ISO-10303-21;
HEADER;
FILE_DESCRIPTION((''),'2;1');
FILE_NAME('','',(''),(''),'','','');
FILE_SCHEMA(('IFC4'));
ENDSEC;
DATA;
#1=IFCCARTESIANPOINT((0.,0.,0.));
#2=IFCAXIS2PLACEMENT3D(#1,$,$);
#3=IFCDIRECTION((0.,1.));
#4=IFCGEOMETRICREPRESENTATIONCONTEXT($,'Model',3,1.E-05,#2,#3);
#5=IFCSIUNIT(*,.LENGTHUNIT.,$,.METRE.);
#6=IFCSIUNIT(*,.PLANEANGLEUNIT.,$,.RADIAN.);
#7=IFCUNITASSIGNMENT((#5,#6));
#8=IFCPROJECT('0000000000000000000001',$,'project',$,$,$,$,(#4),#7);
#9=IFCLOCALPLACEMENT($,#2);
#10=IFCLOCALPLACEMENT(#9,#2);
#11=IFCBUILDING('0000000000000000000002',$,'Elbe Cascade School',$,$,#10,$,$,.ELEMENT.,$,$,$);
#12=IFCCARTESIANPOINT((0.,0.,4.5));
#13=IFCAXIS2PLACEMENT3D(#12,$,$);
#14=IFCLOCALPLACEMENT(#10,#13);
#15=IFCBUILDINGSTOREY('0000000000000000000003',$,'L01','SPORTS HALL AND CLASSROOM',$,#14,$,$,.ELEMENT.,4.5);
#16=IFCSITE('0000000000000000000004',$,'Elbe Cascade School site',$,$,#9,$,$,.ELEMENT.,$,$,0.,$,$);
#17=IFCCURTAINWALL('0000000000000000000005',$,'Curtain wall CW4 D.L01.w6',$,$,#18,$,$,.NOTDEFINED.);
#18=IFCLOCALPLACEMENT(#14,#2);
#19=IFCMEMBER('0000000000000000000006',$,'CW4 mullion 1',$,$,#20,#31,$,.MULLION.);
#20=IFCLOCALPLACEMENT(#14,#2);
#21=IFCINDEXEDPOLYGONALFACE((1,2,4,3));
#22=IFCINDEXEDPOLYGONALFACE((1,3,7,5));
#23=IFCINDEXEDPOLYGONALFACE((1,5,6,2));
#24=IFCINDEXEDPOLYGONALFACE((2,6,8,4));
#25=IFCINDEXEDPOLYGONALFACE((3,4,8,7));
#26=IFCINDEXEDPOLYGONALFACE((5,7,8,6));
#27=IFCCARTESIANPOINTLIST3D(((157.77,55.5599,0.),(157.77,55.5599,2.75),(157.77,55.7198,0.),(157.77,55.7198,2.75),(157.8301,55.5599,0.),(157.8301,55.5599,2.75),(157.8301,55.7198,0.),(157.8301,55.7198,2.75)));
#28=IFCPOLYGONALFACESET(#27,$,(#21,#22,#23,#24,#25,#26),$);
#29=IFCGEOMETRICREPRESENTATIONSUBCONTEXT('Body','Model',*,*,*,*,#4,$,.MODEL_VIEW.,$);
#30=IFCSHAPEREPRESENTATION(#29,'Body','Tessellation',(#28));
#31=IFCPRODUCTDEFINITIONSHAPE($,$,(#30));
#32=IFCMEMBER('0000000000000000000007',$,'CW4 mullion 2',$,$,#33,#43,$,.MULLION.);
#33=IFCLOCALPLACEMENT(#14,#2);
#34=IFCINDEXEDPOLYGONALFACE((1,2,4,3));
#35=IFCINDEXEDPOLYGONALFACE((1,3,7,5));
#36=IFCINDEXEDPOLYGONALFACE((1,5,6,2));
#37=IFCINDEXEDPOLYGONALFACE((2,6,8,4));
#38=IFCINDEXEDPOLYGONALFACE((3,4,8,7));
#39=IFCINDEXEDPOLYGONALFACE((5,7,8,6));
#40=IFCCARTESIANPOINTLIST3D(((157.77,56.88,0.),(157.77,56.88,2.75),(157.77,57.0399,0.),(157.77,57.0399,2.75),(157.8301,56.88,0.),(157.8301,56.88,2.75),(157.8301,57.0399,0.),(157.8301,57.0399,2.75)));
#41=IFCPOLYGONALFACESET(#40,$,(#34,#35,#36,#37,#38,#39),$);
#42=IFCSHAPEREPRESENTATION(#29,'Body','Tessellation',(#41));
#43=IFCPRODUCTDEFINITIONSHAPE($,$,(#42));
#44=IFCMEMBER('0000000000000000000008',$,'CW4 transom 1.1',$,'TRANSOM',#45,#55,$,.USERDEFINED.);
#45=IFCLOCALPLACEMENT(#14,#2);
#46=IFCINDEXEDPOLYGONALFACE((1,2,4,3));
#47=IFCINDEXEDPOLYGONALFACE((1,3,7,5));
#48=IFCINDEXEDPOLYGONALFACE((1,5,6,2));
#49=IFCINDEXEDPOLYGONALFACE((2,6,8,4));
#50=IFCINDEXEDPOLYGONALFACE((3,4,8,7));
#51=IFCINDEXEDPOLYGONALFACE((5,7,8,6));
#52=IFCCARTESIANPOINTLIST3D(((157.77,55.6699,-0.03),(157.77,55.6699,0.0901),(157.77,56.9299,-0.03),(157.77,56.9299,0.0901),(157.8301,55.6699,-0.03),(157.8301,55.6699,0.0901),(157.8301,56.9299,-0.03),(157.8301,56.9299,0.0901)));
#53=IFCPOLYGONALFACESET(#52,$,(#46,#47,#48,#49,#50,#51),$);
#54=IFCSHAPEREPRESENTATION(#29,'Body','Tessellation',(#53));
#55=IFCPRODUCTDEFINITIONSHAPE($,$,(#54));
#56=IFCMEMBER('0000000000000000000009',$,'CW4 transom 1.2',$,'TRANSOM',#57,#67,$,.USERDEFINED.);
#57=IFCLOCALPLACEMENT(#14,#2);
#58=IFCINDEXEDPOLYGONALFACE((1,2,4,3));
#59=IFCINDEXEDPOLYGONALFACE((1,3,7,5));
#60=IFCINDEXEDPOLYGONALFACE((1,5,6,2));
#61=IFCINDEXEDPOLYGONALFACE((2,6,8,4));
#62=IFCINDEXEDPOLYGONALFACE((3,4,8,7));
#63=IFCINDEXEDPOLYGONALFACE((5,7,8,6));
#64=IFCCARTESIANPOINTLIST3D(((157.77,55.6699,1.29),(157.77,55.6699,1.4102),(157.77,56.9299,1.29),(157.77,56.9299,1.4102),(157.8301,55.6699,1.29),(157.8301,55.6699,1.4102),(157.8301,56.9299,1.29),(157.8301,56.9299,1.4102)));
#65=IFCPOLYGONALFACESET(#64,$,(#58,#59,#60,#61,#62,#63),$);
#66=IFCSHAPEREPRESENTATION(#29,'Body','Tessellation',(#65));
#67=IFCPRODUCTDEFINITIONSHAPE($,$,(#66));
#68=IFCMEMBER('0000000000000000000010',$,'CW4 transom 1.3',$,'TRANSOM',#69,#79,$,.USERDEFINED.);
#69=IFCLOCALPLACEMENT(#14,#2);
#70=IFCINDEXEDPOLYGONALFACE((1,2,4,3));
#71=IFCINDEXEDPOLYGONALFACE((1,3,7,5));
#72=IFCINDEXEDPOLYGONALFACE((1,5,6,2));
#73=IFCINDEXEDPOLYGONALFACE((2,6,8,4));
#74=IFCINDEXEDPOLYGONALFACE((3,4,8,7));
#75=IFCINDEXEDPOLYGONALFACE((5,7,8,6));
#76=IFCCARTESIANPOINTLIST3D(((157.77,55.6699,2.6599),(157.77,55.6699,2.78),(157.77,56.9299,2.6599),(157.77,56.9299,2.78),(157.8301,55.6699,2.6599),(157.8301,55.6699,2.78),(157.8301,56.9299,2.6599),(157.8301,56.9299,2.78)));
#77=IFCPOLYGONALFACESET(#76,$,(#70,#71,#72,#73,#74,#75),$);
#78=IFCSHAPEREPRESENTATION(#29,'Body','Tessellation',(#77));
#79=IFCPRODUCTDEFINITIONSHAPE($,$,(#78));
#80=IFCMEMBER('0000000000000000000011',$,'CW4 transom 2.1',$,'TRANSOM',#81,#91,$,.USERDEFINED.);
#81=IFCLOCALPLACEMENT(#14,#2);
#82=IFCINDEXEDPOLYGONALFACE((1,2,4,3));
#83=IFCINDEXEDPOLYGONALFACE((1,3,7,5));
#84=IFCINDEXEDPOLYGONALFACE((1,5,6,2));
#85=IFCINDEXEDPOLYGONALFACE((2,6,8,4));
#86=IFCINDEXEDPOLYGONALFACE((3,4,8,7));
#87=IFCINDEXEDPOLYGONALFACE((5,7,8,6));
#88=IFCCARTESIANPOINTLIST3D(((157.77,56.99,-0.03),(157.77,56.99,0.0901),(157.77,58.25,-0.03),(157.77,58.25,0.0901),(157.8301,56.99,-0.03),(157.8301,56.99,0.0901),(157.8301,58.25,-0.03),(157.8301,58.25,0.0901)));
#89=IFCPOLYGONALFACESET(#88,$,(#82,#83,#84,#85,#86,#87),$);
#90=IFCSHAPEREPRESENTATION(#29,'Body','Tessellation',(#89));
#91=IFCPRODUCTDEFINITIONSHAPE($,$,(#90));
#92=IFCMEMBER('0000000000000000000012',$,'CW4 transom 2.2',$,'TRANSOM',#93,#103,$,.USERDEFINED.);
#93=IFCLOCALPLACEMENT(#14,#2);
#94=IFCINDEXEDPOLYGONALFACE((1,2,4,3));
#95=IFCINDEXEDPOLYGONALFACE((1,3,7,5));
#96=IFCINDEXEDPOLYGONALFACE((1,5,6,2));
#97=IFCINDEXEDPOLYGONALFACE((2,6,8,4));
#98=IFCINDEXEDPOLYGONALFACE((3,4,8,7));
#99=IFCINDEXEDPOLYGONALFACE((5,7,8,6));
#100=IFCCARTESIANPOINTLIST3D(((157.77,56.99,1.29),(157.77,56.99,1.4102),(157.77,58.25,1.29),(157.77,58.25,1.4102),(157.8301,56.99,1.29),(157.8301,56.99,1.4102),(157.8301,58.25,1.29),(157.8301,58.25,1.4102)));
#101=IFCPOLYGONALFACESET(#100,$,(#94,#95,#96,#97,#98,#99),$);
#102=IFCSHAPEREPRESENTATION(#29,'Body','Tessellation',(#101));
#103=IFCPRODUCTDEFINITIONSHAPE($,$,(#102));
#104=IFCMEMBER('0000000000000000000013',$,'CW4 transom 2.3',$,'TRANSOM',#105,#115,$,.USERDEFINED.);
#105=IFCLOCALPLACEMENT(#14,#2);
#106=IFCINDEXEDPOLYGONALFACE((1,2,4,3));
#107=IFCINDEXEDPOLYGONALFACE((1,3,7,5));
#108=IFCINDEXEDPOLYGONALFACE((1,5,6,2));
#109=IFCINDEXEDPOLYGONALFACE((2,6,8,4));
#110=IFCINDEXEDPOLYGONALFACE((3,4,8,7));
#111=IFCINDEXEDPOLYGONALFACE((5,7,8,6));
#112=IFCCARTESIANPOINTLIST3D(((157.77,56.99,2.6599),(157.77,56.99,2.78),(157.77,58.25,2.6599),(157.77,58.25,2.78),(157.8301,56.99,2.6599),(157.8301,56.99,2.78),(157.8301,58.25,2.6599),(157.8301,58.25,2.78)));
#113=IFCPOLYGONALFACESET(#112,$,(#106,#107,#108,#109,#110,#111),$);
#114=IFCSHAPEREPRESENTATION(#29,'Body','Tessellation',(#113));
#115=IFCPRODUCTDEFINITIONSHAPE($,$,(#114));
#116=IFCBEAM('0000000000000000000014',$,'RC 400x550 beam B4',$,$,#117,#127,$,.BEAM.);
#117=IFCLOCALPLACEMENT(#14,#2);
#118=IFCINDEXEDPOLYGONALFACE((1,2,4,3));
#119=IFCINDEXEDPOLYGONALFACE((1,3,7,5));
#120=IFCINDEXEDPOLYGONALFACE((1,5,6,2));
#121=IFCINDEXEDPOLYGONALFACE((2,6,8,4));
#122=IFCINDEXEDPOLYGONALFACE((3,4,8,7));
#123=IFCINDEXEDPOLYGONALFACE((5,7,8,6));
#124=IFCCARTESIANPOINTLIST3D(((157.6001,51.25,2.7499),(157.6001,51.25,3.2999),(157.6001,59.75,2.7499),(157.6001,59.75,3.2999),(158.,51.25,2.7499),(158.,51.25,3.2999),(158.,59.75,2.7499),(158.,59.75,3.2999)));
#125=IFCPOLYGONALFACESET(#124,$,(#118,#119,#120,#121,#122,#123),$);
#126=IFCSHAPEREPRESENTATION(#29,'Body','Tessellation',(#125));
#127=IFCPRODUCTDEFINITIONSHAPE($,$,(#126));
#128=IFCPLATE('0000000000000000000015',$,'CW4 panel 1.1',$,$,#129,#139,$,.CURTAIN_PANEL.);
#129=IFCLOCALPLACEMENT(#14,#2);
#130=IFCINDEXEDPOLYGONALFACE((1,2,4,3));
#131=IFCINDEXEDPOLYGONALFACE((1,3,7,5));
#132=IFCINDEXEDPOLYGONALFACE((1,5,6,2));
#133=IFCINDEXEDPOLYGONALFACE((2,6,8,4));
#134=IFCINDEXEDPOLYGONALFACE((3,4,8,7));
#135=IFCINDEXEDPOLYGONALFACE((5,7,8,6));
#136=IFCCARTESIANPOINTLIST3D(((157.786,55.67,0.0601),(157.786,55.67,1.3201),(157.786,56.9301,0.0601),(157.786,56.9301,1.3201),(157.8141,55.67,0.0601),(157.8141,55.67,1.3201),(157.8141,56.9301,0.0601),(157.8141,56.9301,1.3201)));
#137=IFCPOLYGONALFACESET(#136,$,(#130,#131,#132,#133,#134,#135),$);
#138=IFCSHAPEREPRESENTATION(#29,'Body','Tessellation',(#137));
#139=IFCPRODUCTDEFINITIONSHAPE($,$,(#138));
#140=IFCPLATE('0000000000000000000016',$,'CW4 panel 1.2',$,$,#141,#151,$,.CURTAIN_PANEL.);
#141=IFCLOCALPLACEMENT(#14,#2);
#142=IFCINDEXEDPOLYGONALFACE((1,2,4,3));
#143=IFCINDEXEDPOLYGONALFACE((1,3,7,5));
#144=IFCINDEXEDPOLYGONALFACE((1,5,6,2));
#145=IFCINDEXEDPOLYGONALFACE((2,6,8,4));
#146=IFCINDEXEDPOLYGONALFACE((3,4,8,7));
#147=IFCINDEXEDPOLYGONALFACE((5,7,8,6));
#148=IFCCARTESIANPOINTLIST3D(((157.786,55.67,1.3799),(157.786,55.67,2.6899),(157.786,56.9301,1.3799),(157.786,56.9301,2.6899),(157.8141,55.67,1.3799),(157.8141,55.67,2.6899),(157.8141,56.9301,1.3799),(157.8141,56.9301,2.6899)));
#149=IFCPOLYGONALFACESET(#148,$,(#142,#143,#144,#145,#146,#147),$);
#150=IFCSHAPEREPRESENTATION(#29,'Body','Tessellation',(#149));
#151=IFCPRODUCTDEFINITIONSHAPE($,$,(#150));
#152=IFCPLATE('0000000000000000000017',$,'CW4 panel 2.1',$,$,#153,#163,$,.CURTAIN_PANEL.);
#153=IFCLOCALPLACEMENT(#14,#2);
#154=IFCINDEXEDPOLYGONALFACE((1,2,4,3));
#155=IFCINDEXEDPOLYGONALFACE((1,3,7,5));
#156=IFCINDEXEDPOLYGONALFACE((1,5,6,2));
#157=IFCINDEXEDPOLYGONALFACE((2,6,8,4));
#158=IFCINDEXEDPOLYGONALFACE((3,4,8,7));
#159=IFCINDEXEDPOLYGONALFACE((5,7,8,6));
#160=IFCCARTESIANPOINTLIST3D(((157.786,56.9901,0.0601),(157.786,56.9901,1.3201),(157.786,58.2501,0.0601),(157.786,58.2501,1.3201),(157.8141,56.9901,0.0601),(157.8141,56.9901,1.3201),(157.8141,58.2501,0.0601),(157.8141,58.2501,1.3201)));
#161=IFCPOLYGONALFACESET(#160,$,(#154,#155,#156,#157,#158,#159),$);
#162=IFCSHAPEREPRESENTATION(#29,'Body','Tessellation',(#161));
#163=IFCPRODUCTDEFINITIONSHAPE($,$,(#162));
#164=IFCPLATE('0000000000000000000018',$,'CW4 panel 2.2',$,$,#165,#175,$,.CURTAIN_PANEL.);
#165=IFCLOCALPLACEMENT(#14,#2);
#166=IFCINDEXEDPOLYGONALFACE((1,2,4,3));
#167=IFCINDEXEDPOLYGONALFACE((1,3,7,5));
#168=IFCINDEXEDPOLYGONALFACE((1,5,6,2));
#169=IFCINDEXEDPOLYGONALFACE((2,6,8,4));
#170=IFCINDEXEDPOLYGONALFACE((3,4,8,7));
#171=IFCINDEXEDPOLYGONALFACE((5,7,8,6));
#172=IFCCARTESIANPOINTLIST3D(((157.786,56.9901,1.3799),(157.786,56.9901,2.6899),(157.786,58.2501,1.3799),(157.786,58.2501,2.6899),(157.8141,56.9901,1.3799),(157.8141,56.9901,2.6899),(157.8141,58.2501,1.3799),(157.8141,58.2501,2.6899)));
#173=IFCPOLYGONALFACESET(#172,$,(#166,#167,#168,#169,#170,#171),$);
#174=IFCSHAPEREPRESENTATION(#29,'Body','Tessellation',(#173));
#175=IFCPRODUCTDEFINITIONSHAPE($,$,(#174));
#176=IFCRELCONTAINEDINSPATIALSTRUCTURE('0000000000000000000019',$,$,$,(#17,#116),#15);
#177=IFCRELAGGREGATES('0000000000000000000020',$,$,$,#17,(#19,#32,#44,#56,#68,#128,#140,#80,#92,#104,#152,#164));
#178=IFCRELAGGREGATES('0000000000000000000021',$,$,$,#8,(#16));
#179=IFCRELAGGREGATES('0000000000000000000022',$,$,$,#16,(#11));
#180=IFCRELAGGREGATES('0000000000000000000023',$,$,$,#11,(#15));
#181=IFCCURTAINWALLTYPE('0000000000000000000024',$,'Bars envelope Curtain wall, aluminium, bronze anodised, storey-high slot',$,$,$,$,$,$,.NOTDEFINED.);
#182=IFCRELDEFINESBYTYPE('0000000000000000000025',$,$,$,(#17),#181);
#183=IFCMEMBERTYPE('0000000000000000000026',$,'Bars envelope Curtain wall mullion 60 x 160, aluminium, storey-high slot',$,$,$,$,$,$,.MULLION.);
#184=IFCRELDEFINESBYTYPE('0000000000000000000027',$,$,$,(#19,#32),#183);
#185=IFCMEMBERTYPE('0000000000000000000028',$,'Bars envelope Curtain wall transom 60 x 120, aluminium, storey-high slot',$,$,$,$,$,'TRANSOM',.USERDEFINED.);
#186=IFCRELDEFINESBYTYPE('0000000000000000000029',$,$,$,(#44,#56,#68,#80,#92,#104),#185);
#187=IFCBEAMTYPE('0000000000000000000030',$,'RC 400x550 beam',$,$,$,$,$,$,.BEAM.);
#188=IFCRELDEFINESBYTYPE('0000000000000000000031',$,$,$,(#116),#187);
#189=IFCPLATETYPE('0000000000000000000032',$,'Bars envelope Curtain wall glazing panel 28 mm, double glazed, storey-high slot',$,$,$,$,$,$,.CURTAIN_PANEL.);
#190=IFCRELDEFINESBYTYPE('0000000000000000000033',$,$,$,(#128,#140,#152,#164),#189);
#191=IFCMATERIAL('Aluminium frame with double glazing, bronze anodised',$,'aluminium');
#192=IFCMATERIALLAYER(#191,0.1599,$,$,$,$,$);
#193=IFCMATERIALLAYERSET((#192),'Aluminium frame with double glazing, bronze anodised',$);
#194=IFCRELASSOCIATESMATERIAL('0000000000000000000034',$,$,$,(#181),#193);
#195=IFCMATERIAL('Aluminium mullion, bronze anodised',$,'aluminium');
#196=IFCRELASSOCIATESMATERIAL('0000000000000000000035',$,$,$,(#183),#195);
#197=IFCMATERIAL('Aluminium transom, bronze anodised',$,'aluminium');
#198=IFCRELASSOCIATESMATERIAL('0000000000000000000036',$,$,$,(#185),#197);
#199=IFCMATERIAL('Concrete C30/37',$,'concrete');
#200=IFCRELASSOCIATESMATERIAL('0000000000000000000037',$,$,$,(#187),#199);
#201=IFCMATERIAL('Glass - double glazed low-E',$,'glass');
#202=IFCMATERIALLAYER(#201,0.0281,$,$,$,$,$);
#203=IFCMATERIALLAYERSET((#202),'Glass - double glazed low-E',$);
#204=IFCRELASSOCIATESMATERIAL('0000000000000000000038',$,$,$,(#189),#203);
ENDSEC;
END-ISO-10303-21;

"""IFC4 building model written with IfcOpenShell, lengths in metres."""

from ifc_helpers import new_model, si_unit, direction, frame, origin, origin_2d, place, context, subcontext, project, spatial, rectangle, extrude, material, layer, layer_set, material_profile, profile_set, type_object, element, aggregate, save


model = new_model("IFC4")

# Units and contexts
model_context = context("Model", 3, precision=1e-05, world=origin(), true_north=direction((0.0, 1.0)))
body_context = subcontext(model_context, "Body", "Model", "MODEL_VIEW")
ifc_project = project(units=[si_unit("LENGTHUNIT", "METRE"), si_unit("PLANEANGLEUNIT", "RADIAN")], contexts=[model_context])

# Site, building, storey
site_placement = place(None, origin())
site = spatial("IfcSite", under=ifc_project, at=site_placement, Name="Elbe Cascade School site", CompositionType="ELEMENT", RefElevation=0.0)
building_placement = place(site_placement, origin())
building = spatial("IfcBuilding", under=site, at=building_placement, Name="Elbe Cascade School", CompositionType="ELEMENT")
storey_placement = place(building_placement, frame((0.0, 0.0, 4.5)))
storey = spatial("IfcBuildingStorey", under=building, at=storey_placement, Name="L01", Description="SPORTS HALL AND CLASSROOM", CompositionType="ELEMENT", Elevation=4.5)

# Curtain wall, members
ifc_material_1 = material(Name="Aluminium frame with double glazing, bronze anodised", Category="aluminium")
ifc_layer_1 = layer(ifc_material_1, 0.1599)
ifc_layer_set_1 = layer_set([ifc_layer_1], Name="Aluminium frame with double glazing, bronze anodised")
curtain_wall_type = type_object("IfcCurtainWallType", Name="Bars envelope Curtain wall, aluminium, bronze anodised, storey-high slot", PredefinedType="NOTDEFINED", material=ifc_layer_set_1)
curtain_wall_placement = place(storey_placement, origin())
curtain_wall = element("IfcCurtainWall", 1, at=curtain_wall_placement, inside=storey, type_object=curtain_wall_type, Name="Curtain wall CW4 D.L01.w6", PredefinedType="NOTDEFINED")
ifc_material_2 = material(Name="Aluminium mullion, bronze anodised", Category="aluminium")
ifc_material_profile_1 = material_profile(ifc_material_2, rectangle(XDim=0.0601, YDim=0.1599, at=origin_2d()), Name="Bars envelope Curtain wall mullion 60 x 160, aluminium, storey-high slot")
ifc_profile_set_1 = profile_set([ifc_material_profile_1], Name="Aluminium mullion, bronze anodised")
member_type_1 = type_object("IfcMemberType", Name="Bars envelope Curtain wall mullion 60 x 160, aluminium, storey-high slot", PredefinedType="MULLION", material=ifc_profile_set_1)
member_1_placement = place(storey_placement, frame((157.8, 55.6399, 0.0), z_axis=(0.0, 0.0, 1.0), x_axis=(-1.0, 0.0, 0.0)))
member_1 = element("IfcMember", 2, at=member_1_placement, type_object=member_type_1, Name="CW4 mullion 1", PredefinedType="MULLION", context=body_context, shape_type="SweptSolid", body=[
    extrude(rectangle(XDim=0.0601, YDim=0.1599, at=origin_2d()), origin(), (0.0, 0.0, 1.0), 2.75),
])
member_2_placement = place(storey_placement, frame((157.8, 56.96, 0.0), z_axis=(0.0, 0.0, 1.0), x_axis=(-1.0, 0.0, 0.0)))
member_2 = element("IfcMember", 3, at=member_2_placement, type_object=member_type_1, Name="CW4 mullion 2", PredefinedType="MULLION", context=body_context, shape_type="SweptSolid", body=[
    extrude(rectangle(XDim=0.0601, YDim=0.1599, at=origin_2d()), origin(), (0.0, 0.0, 1.0), 2.75),
])
ifc_material_3 = material(Name="Aluminium transom, bronze anodised", Category="aluminium")
ifc_material_profile_2 = material_profile(ifc_material_3, rectangle(XDim=0.0601, YDim=0.1201, at=origin_2d()), Name="Bars envelope Curtain wall transom 60 x 120, aluminium, storey-high slot")
ifc_profile_set_2 = profile_set([ifc_material_profile_2], Name="Aluminium transom, bronze anodised")
member_type_2 = type_object("IfcMemberType", Name="Bars envelope Curtain wall transom 60 x 120, aluminium, storey-high slot", ElementType="TRANSOM", PredefinedType="USERDEFINED", material=ifc_profile_set_2)
member_3_placement = place(storey_placement, frame((157.8, 55.6699, 0.03), z_axis=(0.0, 1.0, 0.0), x_axis=(-1.0, 0.0, 0.0)))
member_3 = element("IfcMember", 4, at=member_3_placement, type_object=member_type_2, Name="CW4 transom 1.1", ObjectType="TRANSOM", PredefinedType="USERDEFINED", context=body_context, shape_type="SweptSolid", body=[
    extrude(rectangle(XDim=0.0601, YDim=0.1201, at=origin_2d()), origin(), (0.0, 0.0, 1.0), 1.26),
])
member_4_placement = place(storey_placement, frame((157.8, 55.6699, 1.3501), z_axis=(0.0, 1.0, 0.0), x_axis=(-1.0, 0.0, 0.0)))
member_4 = element("IfcMember", 5, at=member_4_placement, type_object=member_type_2, Name="CW4 transom 1.2", ObjectType="TRANSOM", PredefinedType="USERDEFINED", context=body_context, shape_type="SweptSolid", body=[
    extrude(rectangle(XDim=0.0601, YDim=0.1201, at=origin_2d()), origin(), (0.0, 0.0, 1.0), 1.26),
])
member_5_placement = place(storey_placement, frame((157.8, 55.6699, 2.72), z_axis=(0.0, 1.0, 0.0), x_axis=(-1.0, 0.0, 0.0)))
member_5 = element("IfcMember", 6, at=member_5_placement, type_object=member_type_2, Name="CW4 transom 1.3", ObjectType="TRANSOM", PredefinedType="USERDEFINED", context=body_context, shape_type="SweptSolid", body=[
    extrude(rectangle(XDim=0.0601, YDim=0.1201, at=origin_2d()), origin(), (0.0, 0.0, 1.0), 1.26),
])
member_6_placement = place(storey_placement, frame((157.8, 56.99, 0.03), z_axis=(0.0, 1.0, 0.0), x_axis=(-1.0, 0.0, 0.0)))
member_6 = element("IfcMember", 7, at=member_6_placement, type_object=member_type_2, Name="CW4 transom 2.1", ObjectType="TRANSOM", PredefinedType="USERDEFINED", context=body_context, shape_type="SweptSolid", body=[
    extrude(rectangle(XDim=0.0601, YDim=0.1201, at=origin_2d()), origin(), (0.0, 0.0, 1.0), 1.26),
])
member_7_placement = place(storey_placement, frame((157.8, 56.99, 1.3501), z_axis=(0.0, 1.0, 0.0), x_axis=(-1.0, 0.0, 0.0)))
member_7 = element("IfcMember", 8, at=member_7_placement, type_object=member_type_2, Name="CW4 transom 2.2", ObjectType="TRANSOM", PredefinedType="USERDEFINED", context=body_context, shape_type="SweptSolid", body=[
    extrude(rectangle(XDim=0.0601, YDim=0.1201, at=origin_2d()), origin(), (0.0, 0.0, 1.0), 1.26),
])
member_8_placement = place(storey_placement, frame((157.8, 56.99, 2.72), z_axis=(0.0, 1.0, 0.0), x_axis=(-1.0, 0.0, 0.0)))
member_8 = element("IfcMember", 9, at=member_8_placement, type_object=member_type_2, Name="CW4 transom 2.3", ObjectType="TRANSOM", PredefinedType="USERDEFINED", context=body_context, shape_type="SweptSolid", body=[
    extrude(rectangle(XDim=0.0601, YDim=0.1201, at=origin_2d()), origin(), (0.0, 0.0, 1.0), 1.26),
])

# Beam
ifc_material_4 = material(Name="Concrete C30/37", Category="concrete")
ifc_material_profile_3 = material_profile(ifc_material_4, rectangle(XDim=0.3999, YDim=0.55, at=origin_2d()), Name="RC 400x550")
ifc_profile_set_3 = profile_set([ifc_material_profile_3], Name="Concrete C30/37")
beam_type = type_object("IfcBeamType", Name="RC 400x550 beam", PredefinedType="BEAM", material=ifc_profile_set_3)
beam_placement = place(storey_placement, frame((157.8, 51.25, 3.0249), z_axis=(0.0, 1.0, 0.0), x_axis=(-1.0, 0.0, 0.0)))
element("IfcBeam", 10, at=beam_placement, inside=storey, type_object=beam_type, Name="RC 400x550 beam B4", PredefinedType="BEAM", context=body_context, shape_type="SweptSolid", body=[
    extrude(rectangle(XDim=0.3999, YDim=0.55, at=origin_2d()), origin(), (0.0, 0.0, 1.0), 8.5),
])

# Plates
ifc_material_5 = material(Name="Glass - double glazed low-E", Category="glass")
ifc_layer_2 = layer(ifc_material_5, 0.0281)
ifc_layer_set_2 = layer_set([ifc_layer_2], Name="Glass - double glazed low-E")
plate_type = type_object("IfcPlateType", Name="Bars envelope Curtain wall glazing panel 28 mm, double glazed, storey-high slot", PredefinedType="CURTAIN_PANEL", material=ifc_layer_set_2)
plate_1_placement = place(storey_placement, frame((157.8, 56.3, 0.0601), z_axis=(0.0, 0.0, 1.0), x_axis=(0.0, 1.0, 0.0)))
plate_1 = element("IfcPlate", 11, at=plate_1_placement, type_object=plate_type, Name="CW4 panel 1.1", PredefinedType="CURTAIN_PANEL", context=body_context, shape_type="SweptSolid", body=[
    extrude(rectangle(XDim=1.26, YDim=0.0281, at=origin_2d()), origin(), (0.0, 0.0, 1.0), 1.26),
])
plate_2_placement = place(storey_placement, frame((157.8, 56.3, 1.3799), z_axis=(0.0, 0.0, 1.0), x_axis=(0.0, 1.0, 0.0)))
plate_2 = element("IfcPlate", 12, at=plate_2_placement, type_object=plate_type, Name="CW4 panel 1.2", PredefinedType="CURTAIN_PANEL", context=body_context, shape_type="SweptSolid", body=[
    extrude(rectangle(XDim=1.26, YDim=0.0281, at=origin_2d()), origin(), (0.0, 0.0, 1.0), 1.3101),
])
plate_3_placement = place(storey_placement, frame((157.8, 57.6201, 0.0601), z_axis=(0.0, 0.0, 1.0), x_axis=(0.0, 1.0, 0.0)))
plate_3 = element("IfcPlate", 13, at=plate_3_placement, type_object=plate_type, Name="CW4 panel 2.1", PredefinedType="CURTAIN_PANEL", context=body_context, shape_type="SweptSolid", body=[
    extrude(rectangle(XDim=1.26, YDim=0.0281, at=origin_2d()), origin(), (0.0, 0.0, 1.0), 1.26),
])
plate_4_placement = place(storey_placement, frame((157.8, 57.6201, 1.3799), z_axis=(0.0, 0.0, 1.0), x_axis=(0.0, 1.0, 0.0)))
plate_4 = element("IfcPlate", 14, at=plate_4_placement, type_object=plate_type, Name="CW4 panel 2.2", PredefinedType="CURTAIN_PANEL", context=body_context, shape_type="SweptSolid", body=[
    extrude(rectangle(XDim=1.26, YDim=0.0281, at=origin_2d()), origin(), (0.0, 0.0, 1.0), 1.3101),
])
aggregate(curtain_wall, [member_1, member_2, member_3, member_4, member_5, plate_1, plate_2, member_6, member_7, member_8, plate_3, plate_4])

save(model, "model.ifc")
